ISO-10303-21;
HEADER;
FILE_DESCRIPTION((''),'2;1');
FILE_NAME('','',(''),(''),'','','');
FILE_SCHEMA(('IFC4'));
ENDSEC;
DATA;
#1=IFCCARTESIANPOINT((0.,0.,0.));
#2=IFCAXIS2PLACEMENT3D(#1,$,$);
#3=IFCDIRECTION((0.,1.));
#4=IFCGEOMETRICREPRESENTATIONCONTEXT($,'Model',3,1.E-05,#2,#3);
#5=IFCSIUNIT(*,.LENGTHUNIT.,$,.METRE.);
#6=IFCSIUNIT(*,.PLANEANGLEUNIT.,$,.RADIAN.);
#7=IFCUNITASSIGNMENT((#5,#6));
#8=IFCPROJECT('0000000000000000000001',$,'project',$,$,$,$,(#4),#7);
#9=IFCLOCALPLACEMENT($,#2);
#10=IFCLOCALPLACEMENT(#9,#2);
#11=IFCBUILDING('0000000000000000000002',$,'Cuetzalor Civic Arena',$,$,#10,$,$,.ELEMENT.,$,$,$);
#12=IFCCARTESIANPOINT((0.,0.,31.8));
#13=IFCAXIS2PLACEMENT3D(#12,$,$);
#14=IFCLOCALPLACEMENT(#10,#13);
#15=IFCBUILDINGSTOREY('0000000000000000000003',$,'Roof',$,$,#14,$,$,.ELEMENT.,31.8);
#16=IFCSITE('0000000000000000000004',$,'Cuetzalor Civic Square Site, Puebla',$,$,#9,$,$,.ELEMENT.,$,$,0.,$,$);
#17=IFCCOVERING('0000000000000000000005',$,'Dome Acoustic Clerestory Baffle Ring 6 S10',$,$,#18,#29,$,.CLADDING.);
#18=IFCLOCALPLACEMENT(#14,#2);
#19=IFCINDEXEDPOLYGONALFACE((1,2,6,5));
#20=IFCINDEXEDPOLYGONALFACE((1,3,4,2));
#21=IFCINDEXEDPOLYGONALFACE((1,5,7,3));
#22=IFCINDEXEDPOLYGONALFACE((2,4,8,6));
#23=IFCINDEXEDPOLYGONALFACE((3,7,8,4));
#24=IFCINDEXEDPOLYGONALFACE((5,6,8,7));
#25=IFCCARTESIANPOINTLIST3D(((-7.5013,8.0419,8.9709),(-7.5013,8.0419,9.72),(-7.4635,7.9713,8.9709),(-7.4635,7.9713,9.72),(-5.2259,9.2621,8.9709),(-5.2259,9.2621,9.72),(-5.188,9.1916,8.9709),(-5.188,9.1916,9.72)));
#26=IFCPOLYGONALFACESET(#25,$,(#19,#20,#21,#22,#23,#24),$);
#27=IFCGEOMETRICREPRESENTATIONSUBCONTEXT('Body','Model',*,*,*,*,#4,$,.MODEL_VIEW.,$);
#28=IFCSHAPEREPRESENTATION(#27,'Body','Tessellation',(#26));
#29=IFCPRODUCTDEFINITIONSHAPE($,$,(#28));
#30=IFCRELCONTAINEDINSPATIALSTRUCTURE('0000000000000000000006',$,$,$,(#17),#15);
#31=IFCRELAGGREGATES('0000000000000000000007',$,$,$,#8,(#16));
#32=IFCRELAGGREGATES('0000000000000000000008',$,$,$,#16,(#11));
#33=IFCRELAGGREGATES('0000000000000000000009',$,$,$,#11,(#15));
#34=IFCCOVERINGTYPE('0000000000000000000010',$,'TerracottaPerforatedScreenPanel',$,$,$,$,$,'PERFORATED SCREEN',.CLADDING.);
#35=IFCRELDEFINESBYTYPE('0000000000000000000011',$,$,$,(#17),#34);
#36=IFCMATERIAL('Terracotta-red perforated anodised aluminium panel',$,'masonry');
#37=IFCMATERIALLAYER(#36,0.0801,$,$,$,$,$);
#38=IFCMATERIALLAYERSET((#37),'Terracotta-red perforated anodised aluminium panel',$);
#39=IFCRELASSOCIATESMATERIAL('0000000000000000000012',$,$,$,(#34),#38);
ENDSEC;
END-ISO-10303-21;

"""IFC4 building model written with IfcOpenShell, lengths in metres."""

from ifc_helpers import new_model, si_unit, direction, frame, frame_2d, origin, place, context, subcontext, project, spatial, rectangle, extrude, material, layer, layer_set, type_object, element, save


model = new_model("IFC4")

# Units and contexts
model_context = context("Model", 3, precision=1e-05, world=origin(), true_north=direction((0.0, 1.0)))
body_context = subcontext(model_context, "Body", "Model", "MODEL_VIEW")
ifc_project = project(units=[si_unit("LENGTHUNIT", "METRE"), si_unit("PLANEANGLEUNIT", "RADIAN")], contexts=[model_context])

# Site, building, storey
site_placement = place(None, origin())
site = spatial("IfcSite", under=ifc_project, at=site_placement, Name="Cuetzalor Civic Square Site, Puebla", CompositionType="ELEMENT", RefElevation=0.0)
building_placement = place(site_placement, origin())
building = spatial("IfcBuilding", under=site, at=building_placement, Name="Cuetzalor Civic Arena", CompositionType="ELEMENT")
storey_placement = place(building_placement, frame((0.0, 0.0, 31.8)))
storey = spatial("IfcBuildingStorey", under=building, at=storey_placement, Name="Roof", CompositionType="ELEMENT", Elevation=31.8)

# Covering
ifc_material_1 = material(Name="Terracotta-red perforated anodised aluminium panel", Category="masonry")
ifc_layer_1 = layer(ifc_material_1, 0.0801)
ifc_layer_set_1 = layer_set([ifc_layer_1], Name="Terracotta-red perforated anodised aluminium panel")
covering_type = type_object("IfcCoveringType", Name="TerracottaPerforatedScreenPanel", ElementType="PERFORATED SCREEN", PredefinedType="CLADDING", material=ifc_layer_set_1)
covering_placement = place(storey_placement, frame((-7.4824, 8.0066, 8.9709), z_axis=(0.0, 0.0, 1.0), x_axis=(0.881277, 0.472599, 0.0)))
element("IfcCovering", 1, at=covering_placement, inside=storey, type_object=covering_type, Name="Dome Acoustic Clerestory Baffle Ring 6 S10", PredefinedType="CLADDING", context=body_context, shape_type="SweptSolid", body=[
    extrude(rectangle(XDim=2.582, YDim=0.0801, at=frame_2d((1.291, 0.0))), origin(), (0.0, 0.0, 1.0), 0.749),
])

save(model, "model.ifc")
